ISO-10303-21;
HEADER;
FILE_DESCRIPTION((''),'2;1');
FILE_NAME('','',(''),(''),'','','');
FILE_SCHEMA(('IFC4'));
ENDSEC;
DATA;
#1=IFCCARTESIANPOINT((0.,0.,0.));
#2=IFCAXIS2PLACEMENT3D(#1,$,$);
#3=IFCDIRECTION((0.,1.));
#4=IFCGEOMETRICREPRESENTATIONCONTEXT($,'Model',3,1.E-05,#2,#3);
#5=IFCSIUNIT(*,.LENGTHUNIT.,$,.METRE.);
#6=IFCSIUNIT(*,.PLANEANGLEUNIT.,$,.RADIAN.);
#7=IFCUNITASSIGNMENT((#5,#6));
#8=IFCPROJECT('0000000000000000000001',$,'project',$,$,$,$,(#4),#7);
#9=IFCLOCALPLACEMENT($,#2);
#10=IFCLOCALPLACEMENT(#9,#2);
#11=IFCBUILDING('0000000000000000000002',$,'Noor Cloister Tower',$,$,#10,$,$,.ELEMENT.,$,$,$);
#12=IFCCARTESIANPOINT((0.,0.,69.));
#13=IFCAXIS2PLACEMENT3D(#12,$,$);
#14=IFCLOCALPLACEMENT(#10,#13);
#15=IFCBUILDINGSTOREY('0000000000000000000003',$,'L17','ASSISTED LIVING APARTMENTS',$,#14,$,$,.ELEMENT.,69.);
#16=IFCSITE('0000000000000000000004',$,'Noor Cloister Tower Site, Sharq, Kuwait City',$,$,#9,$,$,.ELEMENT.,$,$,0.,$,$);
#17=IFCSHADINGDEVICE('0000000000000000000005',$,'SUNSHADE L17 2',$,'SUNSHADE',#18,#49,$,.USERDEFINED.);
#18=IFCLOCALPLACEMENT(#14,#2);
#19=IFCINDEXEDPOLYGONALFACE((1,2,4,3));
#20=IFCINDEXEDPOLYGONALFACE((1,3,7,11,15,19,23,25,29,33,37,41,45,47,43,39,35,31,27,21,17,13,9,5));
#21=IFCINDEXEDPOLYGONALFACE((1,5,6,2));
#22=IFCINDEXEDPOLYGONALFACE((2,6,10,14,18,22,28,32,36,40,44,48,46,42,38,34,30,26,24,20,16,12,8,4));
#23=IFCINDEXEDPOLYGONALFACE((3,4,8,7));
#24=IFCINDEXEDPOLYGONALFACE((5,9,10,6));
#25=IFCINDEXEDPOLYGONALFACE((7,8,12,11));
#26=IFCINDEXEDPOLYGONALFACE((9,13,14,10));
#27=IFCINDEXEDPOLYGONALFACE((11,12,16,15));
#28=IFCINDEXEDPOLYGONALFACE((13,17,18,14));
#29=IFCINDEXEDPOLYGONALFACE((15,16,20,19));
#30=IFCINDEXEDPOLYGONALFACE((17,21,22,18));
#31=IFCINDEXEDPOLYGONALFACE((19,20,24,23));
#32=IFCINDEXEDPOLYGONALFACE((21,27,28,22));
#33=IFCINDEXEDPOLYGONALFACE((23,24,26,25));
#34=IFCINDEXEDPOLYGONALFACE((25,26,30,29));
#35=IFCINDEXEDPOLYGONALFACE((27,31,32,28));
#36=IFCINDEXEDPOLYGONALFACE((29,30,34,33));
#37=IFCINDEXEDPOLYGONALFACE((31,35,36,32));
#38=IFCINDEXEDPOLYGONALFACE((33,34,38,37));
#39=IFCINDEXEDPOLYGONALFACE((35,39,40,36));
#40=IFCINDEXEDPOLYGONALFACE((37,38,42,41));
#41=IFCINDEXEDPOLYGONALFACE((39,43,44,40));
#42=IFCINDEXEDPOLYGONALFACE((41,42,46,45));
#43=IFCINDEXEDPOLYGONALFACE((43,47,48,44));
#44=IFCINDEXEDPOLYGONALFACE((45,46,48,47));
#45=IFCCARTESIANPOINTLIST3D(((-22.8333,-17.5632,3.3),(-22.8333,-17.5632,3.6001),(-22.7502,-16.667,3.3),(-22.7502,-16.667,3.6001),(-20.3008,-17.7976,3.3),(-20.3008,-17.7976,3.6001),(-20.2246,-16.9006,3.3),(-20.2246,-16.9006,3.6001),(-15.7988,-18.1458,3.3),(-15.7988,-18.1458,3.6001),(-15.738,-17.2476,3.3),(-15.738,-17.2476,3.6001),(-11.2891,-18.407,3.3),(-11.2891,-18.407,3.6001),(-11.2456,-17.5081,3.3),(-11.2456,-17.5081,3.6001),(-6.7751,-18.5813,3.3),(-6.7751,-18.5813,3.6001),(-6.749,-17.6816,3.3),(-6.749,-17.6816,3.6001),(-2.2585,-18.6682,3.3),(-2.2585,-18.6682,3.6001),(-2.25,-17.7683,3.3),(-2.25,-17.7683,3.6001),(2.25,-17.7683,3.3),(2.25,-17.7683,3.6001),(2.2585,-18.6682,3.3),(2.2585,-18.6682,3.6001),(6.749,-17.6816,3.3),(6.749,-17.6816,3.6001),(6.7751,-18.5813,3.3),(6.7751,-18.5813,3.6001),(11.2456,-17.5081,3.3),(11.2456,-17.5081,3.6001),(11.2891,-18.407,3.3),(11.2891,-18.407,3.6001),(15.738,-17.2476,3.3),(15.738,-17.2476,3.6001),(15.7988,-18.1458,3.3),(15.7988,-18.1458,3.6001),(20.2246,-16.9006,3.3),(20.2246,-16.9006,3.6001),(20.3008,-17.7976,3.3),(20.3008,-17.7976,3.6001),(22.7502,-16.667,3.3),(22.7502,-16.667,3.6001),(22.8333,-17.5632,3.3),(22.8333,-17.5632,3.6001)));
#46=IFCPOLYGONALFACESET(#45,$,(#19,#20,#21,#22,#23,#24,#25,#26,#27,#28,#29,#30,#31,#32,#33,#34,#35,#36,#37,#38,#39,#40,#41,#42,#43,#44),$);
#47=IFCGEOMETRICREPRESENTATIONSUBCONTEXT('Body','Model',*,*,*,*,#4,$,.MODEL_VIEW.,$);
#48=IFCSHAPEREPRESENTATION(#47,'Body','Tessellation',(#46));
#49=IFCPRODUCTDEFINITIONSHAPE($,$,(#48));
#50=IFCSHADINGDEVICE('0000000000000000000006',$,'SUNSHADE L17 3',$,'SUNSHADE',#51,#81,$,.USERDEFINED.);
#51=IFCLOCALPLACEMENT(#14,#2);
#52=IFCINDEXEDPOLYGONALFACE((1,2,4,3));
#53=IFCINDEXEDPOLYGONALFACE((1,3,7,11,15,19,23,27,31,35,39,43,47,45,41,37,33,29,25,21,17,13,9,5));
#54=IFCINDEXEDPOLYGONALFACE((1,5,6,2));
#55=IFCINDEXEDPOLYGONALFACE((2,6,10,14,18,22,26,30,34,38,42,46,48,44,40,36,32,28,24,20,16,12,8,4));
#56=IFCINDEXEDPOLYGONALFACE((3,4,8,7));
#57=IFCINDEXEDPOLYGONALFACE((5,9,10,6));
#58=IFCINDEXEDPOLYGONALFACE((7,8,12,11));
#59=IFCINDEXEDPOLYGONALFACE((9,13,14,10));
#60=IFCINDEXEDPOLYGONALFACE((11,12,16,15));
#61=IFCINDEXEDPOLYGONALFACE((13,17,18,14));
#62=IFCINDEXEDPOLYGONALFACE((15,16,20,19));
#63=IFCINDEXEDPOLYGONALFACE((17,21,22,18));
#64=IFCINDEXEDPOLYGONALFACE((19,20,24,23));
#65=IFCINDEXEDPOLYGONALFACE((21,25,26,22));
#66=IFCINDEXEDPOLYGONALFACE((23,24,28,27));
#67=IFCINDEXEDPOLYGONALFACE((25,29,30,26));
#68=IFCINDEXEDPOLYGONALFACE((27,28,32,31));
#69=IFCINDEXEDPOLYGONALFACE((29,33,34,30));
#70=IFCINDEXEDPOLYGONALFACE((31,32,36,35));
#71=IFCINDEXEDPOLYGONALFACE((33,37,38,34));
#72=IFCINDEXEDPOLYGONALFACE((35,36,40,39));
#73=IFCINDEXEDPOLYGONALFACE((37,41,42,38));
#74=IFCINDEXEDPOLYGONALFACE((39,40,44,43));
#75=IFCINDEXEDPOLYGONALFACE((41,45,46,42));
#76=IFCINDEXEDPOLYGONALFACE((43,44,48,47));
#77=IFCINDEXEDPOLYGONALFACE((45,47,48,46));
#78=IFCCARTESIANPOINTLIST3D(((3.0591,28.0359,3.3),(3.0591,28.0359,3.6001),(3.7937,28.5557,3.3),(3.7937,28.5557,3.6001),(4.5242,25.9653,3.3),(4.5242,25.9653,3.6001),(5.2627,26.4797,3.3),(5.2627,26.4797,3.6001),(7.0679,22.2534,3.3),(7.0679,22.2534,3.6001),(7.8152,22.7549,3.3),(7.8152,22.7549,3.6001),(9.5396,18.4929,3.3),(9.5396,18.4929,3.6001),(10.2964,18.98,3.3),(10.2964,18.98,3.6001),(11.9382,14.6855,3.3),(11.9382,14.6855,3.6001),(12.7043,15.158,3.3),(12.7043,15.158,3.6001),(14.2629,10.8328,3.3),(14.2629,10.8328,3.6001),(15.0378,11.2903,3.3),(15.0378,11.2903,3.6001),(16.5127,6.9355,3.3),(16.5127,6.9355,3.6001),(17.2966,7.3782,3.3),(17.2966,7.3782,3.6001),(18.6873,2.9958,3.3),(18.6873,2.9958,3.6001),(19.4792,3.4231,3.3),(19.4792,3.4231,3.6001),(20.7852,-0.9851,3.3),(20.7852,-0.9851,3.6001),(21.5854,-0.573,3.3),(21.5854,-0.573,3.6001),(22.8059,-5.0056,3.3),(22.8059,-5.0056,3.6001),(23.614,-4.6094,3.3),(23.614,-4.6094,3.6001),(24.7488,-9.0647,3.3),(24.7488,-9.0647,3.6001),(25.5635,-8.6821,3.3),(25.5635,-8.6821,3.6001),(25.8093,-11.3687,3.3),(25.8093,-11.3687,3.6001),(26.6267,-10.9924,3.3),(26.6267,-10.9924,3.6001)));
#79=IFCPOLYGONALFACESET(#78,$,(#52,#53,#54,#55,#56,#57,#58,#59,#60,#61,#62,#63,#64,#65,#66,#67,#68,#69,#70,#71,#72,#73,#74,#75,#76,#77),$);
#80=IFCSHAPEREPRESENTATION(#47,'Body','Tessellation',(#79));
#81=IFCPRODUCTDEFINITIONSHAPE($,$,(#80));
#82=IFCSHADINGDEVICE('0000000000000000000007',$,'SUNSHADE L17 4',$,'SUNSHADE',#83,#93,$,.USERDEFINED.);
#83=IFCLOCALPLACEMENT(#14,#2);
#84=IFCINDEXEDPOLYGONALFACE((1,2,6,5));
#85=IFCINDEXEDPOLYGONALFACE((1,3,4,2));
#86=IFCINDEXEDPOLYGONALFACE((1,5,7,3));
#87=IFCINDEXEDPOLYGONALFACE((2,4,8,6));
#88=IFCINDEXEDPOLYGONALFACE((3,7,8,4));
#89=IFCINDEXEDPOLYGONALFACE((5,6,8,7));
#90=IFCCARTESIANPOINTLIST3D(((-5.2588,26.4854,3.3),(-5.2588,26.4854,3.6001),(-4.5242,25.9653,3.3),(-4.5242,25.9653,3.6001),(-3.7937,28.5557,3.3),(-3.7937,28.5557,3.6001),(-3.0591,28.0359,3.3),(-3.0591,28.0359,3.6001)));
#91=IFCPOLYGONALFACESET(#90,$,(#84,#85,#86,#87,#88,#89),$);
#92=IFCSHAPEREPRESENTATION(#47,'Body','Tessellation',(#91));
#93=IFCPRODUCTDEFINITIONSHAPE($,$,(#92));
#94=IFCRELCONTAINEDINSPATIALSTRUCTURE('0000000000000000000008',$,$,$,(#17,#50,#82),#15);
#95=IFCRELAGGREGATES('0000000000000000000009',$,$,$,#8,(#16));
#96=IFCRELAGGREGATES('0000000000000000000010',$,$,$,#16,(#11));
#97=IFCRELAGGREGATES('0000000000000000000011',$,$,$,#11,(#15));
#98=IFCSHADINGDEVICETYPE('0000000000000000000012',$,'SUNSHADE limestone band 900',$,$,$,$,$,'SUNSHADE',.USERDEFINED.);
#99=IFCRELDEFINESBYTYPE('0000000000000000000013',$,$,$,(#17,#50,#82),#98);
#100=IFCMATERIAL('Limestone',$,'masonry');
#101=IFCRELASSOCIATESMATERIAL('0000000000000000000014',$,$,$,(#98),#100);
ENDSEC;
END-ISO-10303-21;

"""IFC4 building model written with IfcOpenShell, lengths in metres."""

from ifc_helpers import new_model, si_unit, direction, frame, origin, place, context, subcontext, project, spatial, polyline, outline, extrude, material, type_object, element, save


model = new_model("IFC4")

# Units and contexts
model_context = context("Model", 3, precision=1e-05, world=origin(), true_north=direction((0.0, 1.0)))
body_context = subcontext(model_context, "Body", "Model", "MODEL_VIEW")
ifc_project = project(units=[si_unit("LENGTHUNIT", "METRE"), si_unit("PLANEANGLEUNIT", "RADIAN")], contexts=[model_context])

# Site, building, storey
site_placement = place(None, origin())
site = spatial("IfcSite", under=ifc_project, at=site_placement, Name="Noor Cloister Tower Site, Sharq, Kuwait City", CompositionType="ELEMENT", RefElevation=0.0)
building_placement = place(site_placement, origin())
building = spatial("IfcBuilding", under=site, at=building_placement, Name="Noor Cloister Tower", CompositionType="ELEMENT")
storey_placement = place(building_placement, frame((0.0, 0.0, 69.0)))
storey = spatial("IfcBuildingStorey", under=building, at=storey_placement, Name="L17", Description="ASSISTED LIVING APARTMENTS", CompositionType="ELEMENT", Elevation=69.0)

# Shading devices
ifc_material_1 = material(Name="Limestone", Category="masonry")
shading_device_type = type_object("IfcShadingDeviceType", Name="SUNSHADE limestone band 900", ElementType="SUNSHADE", PredefinedType="USERDEFINED", material=ifc_material_1)
shading_device_1_placement = place(storey_placement, frame((0.0, 0.0, 3.3)))
element("IfcShadingDevice", 1, at=shading_device_1_placement, inside=storey, type_object=shading_device_type, Name="SUNSHADE L17 2", ObjectType="SUNSHADE", PredefinedType="USERDEFINED", context=body_context, shape_type="SweptSolid", body=[
    extrude(outline(polyline([(-22.8333, -17.5632), (-20.3008, -17.7976), (-15.7988, -18.1458), (-11.2891, -18.407), (-6.7751, -18.5813), (-2.2585, -18.6682), (2.2585, -18.6682), (6.7751, -18.5813), (11.2891, -18.407), (15.7988, -18.1458), (20.3008, -17.7976), (22.8333, -17.5632), (22.7502, -16.667), (20.2246, -16.9006), (15.738, -17.2476), (11.2456, -17.5081), (6.749, -17.6816), (2.25, -17.7683), (-2.25, -17.7683), (-6.749, -17.6816), (-11.2456, -17.5081), (-15.738, -17.2476), (-20.2246, -16.9006), (-22.7502, -16.667), (-22.8333, -17.5632)])), origin(), (0.0, 0.0, 1.0), 0.3),
])
shading_device_2_placement = place(storey_placement, frame((0.0, 0.0, 3.3)))
element("IfcShadingDevice", 2, at=shading_device_2_placement, inside=storey, type_object=shading_device_type, Name="SUNSHADE L17 3", ObjectType="SUNSHADE", PredefinedType="USERDEFINED", context=body_context, shape_type="SweptSolid", body=[
    extrude(outline(polyline([(26.6267, -10.9924), (25.5635, -8.6821), (23.614, -4.6094), (21.5854, -0.573), (19.4792, 3.4231), (17.2966, 7.3782), (15.0378, 11.2903), (12.7043, 15.158), (10.2964, 18.98), (7.8152, 22.7549), (5.2627, 26.4797), (3.7937, 28.5557), (3.0591, 28.0359), (4.5242, 25.9653), (7.0679, 22.2534), (9.5396, 18.4929), (11.9382, 14.6855), (14.2629, 10.8328), (16.5127, 6.9355), (18.6873, 2.9958), (20.7852, -0.9851), (22.8059, -5.0056), (24.7488, -9.0647), (25.8093, -11.3687), (26.6267, -10.9924)])), origin(), (0.0, 0.0, 1.0), 0.3),
])
shading_device_3_placement = place(storey_placement, frame((0.0, 0.0, 3.3)))
element("IfcShadingDevice", 3, at=shading_device_3_placement, inside=storey, type_object=shading_device_type, Name="SUNSHADE L17 4", ObjectType="SUNSHADE", PredefinedType="USERDEFINED", context=body_context, shape_type="SweptSolid", body=[
    extrude(outline(polyline([(-3.7937, 28.5557), (-5.2588, 26.4854), (-4.5242, 25.9653), (-3.0591, 28.0359), (-3.7937, 28.5557)])), origin(), (0.0, 0.0, 1.0), 0.3),
])

save(model, "model.ifc")
